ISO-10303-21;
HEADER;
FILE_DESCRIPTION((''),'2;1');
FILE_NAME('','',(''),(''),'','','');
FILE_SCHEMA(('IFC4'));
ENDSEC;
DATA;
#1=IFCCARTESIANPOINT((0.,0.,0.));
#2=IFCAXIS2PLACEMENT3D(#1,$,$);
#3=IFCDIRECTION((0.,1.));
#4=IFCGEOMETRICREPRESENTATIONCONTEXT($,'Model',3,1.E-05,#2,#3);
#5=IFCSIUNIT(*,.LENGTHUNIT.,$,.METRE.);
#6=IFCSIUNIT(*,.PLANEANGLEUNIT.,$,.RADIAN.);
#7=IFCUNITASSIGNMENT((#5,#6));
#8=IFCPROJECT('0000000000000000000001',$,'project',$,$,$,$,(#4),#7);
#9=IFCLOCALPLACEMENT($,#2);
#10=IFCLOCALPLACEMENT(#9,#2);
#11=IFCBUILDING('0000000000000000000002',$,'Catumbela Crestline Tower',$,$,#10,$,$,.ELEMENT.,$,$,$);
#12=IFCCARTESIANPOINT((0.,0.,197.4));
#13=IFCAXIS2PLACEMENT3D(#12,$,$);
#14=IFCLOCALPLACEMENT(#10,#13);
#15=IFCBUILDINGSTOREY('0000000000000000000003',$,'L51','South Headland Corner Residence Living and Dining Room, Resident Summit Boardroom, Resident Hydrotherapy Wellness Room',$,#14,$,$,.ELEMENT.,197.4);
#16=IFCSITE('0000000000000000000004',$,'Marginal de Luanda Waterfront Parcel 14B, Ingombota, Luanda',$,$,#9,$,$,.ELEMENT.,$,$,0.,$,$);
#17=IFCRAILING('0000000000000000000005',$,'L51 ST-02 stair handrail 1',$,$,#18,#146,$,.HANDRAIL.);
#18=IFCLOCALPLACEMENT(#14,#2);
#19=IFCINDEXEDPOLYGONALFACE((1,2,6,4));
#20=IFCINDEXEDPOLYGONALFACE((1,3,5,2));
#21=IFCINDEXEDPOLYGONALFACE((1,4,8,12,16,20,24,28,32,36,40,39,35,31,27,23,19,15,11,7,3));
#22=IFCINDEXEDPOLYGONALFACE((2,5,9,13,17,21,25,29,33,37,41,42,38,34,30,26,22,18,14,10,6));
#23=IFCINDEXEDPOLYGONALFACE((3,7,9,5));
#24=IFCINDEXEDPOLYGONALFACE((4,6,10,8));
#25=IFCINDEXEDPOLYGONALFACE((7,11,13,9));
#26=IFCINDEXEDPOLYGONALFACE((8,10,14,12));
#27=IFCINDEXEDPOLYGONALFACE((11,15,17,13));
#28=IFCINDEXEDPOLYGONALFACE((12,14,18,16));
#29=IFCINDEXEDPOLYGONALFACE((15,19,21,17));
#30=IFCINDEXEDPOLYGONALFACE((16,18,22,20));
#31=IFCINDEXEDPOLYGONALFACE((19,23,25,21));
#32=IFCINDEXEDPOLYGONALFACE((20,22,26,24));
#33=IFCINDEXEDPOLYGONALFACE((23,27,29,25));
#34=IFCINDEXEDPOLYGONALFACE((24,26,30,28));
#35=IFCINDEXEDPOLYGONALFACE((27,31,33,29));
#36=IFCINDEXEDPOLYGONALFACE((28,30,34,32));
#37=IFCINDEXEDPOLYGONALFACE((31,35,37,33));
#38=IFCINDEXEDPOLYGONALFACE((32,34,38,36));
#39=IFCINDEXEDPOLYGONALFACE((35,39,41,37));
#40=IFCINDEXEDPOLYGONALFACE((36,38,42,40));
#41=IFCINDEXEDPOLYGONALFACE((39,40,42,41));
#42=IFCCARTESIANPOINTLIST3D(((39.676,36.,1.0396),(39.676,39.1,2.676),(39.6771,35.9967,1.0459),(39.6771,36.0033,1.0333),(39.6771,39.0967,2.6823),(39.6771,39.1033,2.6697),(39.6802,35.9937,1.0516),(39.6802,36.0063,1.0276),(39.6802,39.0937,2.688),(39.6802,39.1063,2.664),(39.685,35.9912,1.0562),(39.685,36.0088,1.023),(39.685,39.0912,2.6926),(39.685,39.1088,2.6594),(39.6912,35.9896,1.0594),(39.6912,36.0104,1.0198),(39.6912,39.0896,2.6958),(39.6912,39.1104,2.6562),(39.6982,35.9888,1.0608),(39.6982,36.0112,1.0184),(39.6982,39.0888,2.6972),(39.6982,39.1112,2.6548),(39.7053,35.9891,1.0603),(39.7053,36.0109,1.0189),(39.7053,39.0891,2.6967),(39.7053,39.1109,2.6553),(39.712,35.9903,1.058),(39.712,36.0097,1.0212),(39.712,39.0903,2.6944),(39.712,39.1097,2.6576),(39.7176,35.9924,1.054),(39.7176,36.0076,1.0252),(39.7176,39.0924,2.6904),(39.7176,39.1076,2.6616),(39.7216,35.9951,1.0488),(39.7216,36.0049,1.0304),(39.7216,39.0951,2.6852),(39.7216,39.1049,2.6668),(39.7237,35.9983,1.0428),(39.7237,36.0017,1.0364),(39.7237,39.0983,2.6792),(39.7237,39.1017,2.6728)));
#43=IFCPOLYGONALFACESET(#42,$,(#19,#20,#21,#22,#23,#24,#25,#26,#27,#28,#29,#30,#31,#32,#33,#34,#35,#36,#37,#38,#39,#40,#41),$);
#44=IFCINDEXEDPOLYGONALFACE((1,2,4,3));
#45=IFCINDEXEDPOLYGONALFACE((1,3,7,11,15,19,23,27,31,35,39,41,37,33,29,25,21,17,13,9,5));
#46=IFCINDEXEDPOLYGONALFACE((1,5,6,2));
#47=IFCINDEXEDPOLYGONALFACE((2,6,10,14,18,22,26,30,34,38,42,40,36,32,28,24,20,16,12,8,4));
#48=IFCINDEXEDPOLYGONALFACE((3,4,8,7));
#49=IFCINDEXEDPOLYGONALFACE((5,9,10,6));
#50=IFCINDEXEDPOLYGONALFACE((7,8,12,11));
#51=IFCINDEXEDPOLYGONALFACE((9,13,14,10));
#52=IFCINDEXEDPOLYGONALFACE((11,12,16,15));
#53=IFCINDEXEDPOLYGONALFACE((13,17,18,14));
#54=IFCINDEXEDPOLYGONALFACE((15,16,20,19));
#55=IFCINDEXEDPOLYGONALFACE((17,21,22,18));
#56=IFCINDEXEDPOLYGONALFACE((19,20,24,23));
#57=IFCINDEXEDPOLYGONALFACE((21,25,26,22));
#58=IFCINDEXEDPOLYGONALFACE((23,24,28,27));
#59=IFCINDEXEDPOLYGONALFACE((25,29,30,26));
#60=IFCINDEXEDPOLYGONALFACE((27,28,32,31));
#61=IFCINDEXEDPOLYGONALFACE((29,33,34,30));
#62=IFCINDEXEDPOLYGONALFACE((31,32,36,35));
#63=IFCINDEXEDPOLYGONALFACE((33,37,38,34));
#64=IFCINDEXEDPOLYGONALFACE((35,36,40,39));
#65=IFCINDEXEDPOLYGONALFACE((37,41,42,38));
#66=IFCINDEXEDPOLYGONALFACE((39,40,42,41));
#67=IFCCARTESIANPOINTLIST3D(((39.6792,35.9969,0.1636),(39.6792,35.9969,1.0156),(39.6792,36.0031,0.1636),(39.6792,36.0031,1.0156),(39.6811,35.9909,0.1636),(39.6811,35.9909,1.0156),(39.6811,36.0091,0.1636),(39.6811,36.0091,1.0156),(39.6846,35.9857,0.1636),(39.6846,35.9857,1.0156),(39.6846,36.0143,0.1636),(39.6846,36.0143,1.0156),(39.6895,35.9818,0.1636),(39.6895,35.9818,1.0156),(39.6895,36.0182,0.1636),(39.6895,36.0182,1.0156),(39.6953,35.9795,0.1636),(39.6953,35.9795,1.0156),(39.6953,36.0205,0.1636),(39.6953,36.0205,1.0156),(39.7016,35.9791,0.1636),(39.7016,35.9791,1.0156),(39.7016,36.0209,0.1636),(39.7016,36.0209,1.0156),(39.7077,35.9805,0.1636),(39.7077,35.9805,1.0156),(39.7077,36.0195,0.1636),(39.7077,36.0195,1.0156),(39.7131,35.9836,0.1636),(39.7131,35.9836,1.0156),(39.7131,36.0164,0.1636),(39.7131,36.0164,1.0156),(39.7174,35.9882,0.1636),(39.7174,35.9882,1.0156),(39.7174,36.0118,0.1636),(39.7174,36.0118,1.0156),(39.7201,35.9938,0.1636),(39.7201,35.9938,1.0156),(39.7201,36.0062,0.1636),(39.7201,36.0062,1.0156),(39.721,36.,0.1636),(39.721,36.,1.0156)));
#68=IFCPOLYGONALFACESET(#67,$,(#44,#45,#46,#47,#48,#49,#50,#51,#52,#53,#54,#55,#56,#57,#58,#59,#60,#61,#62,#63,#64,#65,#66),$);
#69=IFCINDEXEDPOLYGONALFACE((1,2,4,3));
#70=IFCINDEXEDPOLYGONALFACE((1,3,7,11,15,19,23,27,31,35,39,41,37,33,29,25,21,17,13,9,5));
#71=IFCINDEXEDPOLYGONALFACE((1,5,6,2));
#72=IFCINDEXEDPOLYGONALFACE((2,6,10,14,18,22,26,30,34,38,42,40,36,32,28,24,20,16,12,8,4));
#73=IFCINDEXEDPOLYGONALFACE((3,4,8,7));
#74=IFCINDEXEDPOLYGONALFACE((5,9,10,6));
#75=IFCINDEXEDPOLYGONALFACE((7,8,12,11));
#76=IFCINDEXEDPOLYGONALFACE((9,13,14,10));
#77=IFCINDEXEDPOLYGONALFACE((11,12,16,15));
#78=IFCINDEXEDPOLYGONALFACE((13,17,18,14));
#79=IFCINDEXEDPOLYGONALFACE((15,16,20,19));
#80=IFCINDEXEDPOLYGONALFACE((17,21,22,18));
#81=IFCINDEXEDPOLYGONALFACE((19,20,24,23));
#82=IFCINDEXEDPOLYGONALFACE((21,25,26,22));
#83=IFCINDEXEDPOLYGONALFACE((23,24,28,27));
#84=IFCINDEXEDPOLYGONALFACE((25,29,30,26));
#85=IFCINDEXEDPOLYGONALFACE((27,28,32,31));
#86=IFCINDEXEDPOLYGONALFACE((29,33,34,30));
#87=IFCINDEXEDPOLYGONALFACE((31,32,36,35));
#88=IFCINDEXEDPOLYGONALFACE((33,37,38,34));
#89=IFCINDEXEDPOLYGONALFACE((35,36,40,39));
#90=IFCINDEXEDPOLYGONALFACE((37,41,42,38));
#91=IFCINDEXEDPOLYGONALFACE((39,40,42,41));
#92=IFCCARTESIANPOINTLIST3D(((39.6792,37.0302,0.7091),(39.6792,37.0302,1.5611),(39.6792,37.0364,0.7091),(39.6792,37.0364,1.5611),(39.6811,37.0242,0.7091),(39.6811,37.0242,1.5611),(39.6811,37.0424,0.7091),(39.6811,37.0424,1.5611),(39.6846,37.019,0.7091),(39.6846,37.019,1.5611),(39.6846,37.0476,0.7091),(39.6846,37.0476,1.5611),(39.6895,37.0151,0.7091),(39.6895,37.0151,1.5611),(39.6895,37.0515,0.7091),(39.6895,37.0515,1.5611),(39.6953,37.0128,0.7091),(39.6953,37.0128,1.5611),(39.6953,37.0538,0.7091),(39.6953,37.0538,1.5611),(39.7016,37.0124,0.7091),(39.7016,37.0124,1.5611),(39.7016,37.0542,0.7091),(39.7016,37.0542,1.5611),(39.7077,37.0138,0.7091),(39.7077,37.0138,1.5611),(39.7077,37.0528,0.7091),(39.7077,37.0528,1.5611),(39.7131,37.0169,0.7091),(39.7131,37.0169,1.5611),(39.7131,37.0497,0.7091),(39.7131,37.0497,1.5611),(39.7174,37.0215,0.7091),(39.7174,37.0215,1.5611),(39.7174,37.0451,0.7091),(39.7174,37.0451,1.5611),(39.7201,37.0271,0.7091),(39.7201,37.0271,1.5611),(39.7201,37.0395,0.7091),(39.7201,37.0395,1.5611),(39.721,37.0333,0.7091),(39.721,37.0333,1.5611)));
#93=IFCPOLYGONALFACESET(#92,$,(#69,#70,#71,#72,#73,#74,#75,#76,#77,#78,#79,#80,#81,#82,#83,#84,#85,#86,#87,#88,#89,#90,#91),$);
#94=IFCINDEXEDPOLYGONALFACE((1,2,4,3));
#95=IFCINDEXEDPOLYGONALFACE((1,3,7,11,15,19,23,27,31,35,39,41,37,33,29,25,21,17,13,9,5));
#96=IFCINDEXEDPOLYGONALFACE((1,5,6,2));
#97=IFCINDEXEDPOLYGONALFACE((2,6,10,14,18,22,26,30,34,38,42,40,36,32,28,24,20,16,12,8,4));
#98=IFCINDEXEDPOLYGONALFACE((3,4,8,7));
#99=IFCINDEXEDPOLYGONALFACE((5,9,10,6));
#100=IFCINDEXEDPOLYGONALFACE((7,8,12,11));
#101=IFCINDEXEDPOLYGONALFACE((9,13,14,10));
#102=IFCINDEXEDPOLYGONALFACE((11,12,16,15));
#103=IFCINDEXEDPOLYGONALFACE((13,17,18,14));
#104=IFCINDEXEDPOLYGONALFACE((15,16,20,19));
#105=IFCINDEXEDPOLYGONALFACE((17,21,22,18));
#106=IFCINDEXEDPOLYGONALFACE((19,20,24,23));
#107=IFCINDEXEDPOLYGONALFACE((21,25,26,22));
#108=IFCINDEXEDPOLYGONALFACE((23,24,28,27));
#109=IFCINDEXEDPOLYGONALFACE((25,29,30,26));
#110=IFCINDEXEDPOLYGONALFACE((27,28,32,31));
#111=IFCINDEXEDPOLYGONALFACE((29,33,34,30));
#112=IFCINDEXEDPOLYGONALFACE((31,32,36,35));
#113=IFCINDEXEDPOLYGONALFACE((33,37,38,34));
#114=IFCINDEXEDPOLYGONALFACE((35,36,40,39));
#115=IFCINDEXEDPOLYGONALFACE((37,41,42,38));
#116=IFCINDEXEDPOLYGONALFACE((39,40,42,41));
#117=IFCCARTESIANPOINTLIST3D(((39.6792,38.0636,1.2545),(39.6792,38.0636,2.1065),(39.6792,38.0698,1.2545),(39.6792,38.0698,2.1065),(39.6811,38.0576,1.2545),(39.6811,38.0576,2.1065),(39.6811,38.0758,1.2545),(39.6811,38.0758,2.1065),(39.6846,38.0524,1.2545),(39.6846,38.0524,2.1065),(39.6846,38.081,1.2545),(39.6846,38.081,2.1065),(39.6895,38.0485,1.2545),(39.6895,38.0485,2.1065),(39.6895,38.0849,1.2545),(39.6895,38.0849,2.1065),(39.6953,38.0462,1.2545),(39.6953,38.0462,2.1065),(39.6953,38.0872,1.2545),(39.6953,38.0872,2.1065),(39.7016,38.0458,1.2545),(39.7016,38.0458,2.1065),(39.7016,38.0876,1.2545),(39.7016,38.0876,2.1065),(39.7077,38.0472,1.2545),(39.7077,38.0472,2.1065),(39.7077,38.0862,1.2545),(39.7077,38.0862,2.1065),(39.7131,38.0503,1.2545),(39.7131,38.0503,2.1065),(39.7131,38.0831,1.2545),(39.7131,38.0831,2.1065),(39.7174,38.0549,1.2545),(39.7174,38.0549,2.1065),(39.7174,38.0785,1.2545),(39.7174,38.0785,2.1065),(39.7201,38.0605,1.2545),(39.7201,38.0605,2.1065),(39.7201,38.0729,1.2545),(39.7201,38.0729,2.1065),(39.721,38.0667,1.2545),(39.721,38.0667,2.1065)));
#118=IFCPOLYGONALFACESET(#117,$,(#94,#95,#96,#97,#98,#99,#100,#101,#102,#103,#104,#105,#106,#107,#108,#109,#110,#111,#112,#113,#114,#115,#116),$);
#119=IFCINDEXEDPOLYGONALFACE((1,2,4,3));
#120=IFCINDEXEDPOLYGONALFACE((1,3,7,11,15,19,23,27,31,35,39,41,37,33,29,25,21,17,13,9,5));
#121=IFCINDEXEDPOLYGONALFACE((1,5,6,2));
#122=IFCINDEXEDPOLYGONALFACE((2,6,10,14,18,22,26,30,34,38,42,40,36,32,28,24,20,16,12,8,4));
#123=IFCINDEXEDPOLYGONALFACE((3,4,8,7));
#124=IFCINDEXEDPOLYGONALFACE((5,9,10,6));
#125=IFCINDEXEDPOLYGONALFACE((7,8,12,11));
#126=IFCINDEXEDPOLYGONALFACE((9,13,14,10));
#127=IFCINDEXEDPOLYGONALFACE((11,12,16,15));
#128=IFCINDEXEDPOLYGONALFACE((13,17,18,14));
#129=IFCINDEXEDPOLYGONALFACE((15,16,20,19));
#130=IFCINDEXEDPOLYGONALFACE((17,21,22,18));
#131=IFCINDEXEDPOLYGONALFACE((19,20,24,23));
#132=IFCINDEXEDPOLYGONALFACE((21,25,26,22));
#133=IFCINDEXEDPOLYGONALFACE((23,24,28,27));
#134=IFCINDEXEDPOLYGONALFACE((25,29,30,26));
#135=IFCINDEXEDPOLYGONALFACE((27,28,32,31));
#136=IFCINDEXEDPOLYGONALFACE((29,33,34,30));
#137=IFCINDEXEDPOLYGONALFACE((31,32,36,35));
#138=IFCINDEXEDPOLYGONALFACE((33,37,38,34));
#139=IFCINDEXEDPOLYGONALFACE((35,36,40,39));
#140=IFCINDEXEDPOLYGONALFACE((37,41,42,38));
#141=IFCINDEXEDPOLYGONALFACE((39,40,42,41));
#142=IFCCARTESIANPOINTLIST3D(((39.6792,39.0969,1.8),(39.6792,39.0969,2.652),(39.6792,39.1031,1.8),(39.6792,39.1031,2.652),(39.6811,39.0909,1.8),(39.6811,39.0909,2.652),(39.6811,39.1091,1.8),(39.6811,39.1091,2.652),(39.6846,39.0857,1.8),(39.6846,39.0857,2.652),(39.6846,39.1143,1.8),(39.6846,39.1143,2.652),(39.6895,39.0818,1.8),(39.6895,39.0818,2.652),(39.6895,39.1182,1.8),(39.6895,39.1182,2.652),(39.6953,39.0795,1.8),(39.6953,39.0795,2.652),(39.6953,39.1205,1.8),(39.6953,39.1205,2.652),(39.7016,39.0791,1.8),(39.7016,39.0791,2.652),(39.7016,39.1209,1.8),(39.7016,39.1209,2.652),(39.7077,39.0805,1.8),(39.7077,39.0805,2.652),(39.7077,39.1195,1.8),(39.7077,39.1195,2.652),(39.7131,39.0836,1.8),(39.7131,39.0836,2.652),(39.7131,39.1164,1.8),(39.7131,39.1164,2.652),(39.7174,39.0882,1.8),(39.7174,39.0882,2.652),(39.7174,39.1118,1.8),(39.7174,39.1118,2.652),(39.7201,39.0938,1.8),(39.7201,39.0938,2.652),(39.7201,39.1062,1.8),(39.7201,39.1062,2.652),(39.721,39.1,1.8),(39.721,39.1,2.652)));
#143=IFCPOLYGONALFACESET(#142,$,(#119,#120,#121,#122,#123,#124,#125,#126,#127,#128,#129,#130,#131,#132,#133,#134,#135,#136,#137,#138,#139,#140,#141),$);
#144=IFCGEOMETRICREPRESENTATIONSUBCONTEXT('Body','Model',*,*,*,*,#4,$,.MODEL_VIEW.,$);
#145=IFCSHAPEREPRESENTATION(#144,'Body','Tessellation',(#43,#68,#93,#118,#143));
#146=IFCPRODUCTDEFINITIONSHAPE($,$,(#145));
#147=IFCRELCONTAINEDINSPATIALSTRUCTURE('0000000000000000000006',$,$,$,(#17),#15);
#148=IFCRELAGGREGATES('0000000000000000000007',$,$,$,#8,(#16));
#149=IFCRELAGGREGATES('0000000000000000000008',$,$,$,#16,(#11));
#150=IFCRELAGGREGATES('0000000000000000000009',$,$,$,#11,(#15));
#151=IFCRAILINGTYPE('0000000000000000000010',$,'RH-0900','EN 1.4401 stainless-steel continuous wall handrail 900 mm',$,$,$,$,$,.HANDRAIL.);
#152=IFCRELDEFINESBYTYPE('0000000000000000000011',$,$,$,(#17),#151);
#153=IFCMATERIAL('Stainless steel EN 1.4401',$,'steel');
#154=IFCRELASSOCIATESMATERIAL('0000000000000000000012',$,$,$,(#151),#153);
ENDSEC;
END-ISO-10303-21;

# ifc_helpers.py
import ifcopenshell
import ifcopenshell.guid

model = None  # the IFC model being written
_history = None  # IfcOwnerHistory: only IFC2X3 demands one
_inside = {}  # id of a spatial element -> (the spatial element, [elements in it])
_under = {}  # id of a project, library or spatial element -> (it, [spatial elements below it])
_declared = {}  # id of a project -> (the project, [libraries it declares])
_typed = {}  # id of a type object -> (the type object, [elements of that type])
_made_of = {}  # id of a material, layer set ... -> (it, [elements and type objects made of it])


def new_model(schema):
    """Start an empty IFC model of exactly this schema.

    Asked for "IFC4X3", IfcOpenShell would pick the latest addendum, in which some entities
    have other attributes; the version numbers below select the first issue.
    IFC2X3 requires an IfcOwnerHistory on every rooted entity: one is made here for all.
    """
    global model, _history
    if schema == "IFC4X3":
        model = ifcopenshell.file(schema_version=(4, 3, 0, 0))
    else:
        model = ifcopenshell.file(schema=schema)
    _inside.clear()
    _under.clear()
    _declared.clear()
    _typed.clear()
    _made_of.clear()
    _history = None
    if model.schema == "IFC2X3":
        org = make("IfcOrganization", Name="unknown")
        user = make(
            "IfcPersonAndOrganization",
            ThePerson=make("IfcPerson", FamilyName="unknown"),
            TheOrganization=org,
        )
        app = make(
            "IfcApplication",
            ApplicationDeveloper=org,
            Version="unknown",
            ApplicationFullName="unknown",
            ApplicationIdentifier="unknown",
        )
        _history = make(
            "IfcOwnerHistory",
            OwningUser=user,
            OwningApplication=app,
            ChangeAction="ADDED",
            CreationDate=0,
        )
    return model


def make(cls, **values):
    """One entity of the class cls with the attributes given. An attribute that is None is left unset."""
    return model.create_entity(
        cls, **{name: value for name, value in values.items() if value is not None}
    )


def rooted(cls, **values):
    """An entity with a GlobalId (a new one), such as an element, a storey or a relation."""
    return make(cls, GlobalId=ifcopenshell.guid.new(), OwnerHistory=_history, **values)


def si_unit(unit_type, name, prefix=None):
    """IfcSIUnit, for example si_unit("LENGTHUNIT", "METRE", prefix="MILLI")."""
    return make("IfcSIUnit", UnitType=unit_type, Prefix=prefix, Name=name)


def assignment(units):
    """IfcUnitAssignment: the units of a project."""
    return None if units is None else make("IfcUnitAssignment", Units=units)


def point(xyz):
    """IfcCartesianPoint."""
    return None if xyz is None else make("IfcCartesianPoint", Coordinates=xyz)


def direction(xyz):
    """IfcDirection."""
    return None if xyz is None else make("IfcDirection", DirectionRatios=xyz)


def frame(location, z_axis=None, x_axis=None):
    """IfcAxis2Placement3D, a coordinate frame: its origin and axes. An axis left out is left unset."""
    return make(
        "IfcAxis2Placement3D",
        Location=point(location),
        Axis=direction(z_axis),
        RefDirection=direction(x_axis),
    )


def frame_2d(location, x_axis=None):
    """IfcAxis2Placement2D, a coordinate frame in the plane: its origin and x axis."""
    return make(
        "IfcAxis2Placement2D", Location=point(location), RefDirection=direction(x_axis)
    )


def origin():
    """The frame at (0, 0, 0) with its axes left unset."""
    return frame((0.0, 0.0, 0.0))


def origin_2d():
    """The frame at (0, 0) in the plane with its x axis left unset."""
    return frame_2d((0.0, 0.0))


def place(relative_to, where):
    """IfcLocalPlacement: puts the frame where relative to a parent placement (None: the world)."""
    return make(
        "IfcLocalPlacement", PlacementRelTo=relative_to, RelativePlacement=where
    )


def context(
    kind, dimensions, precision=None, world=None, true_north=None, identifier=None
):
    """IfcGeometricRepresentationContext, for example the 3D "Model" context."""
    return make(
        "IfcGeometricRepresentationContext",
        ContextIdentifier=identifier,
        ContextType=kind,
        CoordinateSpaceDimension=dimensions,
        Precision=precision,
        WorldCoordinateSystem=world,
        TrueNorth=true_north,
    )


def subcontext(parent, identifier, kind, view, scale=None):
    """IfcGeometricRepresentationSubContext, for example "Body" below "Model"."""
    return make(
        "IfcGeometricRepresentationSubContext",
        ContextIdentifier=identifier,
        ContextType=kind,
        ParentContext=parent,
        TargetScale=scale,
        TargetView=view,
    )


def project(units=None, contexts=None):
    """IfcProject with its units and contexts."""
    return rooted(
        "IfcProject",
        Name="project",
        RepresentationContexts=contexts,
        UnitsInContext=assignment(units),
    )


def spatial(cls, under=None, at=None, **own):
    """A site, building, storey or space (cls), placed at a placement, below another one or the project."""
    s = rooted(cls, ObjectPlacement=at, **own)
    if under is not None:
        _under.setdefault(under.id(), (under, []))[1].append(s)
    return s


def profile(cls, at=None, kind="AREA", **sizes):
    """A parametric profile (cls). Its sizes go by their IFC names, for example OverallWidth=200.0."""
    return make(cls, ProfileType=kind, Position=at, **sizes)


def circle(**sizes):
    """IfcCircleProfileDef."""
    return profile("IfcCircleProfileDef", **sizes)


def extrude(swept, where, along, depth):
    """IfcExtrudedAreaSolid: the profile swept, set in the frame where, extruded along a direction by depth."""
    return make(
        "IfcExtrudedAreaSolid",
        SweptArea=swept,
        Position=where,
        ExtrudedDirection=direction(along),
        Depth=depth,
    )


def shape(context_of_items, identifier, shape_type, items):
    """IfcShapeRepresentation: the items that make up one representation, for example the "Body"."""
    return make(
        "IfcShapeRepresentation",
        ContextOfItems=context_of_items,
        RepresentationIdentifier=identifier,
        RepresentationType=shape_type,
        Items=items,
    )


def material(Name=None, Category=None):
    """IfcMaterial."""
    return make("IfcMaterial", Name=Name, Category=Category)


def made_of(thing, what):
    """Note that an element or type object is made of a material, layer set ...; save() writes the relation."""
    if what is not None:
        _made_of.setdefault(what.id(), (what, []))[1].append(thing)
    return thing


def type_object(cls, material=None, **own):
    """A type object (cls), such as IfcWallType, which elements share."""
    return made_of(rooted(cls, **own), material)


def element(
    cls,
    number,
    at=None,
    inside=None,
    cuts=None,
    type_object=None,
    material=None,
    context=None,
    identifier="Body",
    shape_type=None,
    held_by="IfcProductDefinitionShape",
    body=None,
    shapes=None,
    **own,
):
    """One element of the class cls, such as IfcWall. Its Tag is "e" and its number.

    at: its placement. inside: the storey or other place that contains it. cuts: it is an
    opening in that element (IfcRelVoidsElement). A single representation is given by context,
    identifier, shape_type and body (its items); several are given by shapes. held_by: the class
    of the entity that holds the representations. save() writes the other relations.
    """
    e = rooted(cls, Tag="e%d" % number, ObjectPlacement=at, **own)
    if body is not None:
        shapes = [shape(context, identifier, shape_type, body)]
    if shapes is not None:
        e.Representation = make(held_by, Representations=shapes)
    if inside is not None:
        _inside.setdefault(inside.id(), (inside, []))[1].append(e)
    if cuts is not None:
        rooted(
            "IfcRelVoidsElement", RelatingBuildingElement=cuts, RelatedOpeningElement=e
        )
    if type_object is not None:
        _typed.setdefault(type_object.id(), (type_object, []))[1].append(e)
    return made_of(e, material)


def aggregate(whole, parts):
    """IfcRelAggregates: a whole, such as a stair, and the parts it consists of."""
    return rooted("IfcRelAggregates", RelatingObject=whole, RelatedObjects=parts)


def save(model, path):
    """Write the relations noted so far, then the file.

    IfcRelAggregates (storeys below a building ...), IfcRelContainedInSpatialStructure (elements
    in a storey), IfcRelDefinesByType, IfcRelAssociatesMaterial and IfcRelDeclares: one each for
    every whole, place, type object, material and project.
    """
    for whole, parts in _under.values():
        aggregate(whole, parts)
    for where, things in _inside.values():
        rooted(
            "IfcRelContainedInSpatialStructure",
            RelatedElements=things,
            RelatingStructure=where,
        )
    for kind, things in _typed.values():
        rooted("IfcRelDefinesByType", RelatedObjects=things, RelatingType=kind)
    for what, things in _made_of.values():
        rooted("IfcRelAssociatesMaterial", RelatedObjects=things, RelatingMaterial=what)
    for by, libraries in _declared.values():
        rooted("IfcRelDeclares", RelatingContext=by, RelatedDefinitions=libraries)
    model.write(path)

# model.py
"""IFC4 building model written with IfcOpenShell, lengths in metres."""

from ifc_helpers import new_model, si_unit, direction, frame, origin, origin_2d, place, context, subcontext, project, spatial, circle, extrude, material, type_object, element, save


model = new_model("IFC4")

# Units and contexts
model_context = context("Model", 3, precision=1e-05, world=origin(), true_north=direction((0.0, 1.0)))
body_context = subcontext(model_context, "Body", "Model", "MODEL_VIEW")
ifc_project = project(units=[si_unit("LENGTHUNIT", "METRE"), si_unit("PLANEANGLEUNIT", "RADIAN")], contexts=[model_context])

# Site, building, storey
site_placement = place(None, origin())
site = spatial("IfcSite", under=ifc_project, at=site_placement, Name="Marginal de Luanda Waterfront Parcel 14B, Ingombota, Luanda", CompositionType="ELEMENT", RefElevation=0.0)
building_placement = place(site_placement, origin())
building = spatial("IfcBuilding", under=site, at=building_placement, Name="Catumbela Crestline Tower", CompositionType="ELEMENT")
storey_placement = place(building_placement, frame((0.0, 0.0, 197.4)))
storey = spatial("IfcBuildingStorey", under=building, at=storey_placement, Name="L51", Description="South Headland Corner Residence Living and Dining Room, Resident Summit Boardroom, Resident Hydrotherapy Wellness Room", CompositionType="ELEMENT", Elevation=197.4)

# Shared definitions
ifc_material_1 = material(Name="Stainless steel EN 1.4401", Category="steel")

# Railing
railing_type_1 = type_object("IfcRailingType", Name="RH-0900", Description="EN 1.4401 stainless-steel continuous wall handrail 900 mm", PredefinedType="HANDRAIL", material=ifc_material_1)
railing_1_placement = place(storey_placement, frame((39.7, 36.0, 0.1636)))
element("IfcRailing", 1, at=railing_1_placement, inside=storey, type_object=railing_type_1, Name="L51 ST-02 stair handrail 1", PredefinedType="HANDRAIL", context=body_context, shape_type="SweptSolid", body=[
    extrude(circle(Radius=0.024, at=origin_2d()), frame((0.0, 0.0, 0.876), z_axis=(0.0, 0.884351, 0.466823), x_axis=(-1.0, 0.0, 0.0)), (0.0, 0.0, 1.0), 3.5054),
    extrude(circle(Radius=0.021, at=origin_2d()), origin(), (0.0, 0.0, 1.0), 0.852),
    extrude(circle(Radius=0.021, at=origin_2d()), frame((0.0, 1.0333, 0.5455)), (0.0, 0.0, 1.0), 0.852),
    extrude(circle(Radius=0.021, at=origin_2d()), frame((0.0, 2.0667, 1.0909)), (0.0, 0.0, 1.0), 0.852),
    extrude(circle(Radius=0.021, at=origin_2d()), frame((0.0, 3.1, 1.6364)), (0.0, 0.0, 1.0), 0.852),
])

save(model, "model.ifc")
